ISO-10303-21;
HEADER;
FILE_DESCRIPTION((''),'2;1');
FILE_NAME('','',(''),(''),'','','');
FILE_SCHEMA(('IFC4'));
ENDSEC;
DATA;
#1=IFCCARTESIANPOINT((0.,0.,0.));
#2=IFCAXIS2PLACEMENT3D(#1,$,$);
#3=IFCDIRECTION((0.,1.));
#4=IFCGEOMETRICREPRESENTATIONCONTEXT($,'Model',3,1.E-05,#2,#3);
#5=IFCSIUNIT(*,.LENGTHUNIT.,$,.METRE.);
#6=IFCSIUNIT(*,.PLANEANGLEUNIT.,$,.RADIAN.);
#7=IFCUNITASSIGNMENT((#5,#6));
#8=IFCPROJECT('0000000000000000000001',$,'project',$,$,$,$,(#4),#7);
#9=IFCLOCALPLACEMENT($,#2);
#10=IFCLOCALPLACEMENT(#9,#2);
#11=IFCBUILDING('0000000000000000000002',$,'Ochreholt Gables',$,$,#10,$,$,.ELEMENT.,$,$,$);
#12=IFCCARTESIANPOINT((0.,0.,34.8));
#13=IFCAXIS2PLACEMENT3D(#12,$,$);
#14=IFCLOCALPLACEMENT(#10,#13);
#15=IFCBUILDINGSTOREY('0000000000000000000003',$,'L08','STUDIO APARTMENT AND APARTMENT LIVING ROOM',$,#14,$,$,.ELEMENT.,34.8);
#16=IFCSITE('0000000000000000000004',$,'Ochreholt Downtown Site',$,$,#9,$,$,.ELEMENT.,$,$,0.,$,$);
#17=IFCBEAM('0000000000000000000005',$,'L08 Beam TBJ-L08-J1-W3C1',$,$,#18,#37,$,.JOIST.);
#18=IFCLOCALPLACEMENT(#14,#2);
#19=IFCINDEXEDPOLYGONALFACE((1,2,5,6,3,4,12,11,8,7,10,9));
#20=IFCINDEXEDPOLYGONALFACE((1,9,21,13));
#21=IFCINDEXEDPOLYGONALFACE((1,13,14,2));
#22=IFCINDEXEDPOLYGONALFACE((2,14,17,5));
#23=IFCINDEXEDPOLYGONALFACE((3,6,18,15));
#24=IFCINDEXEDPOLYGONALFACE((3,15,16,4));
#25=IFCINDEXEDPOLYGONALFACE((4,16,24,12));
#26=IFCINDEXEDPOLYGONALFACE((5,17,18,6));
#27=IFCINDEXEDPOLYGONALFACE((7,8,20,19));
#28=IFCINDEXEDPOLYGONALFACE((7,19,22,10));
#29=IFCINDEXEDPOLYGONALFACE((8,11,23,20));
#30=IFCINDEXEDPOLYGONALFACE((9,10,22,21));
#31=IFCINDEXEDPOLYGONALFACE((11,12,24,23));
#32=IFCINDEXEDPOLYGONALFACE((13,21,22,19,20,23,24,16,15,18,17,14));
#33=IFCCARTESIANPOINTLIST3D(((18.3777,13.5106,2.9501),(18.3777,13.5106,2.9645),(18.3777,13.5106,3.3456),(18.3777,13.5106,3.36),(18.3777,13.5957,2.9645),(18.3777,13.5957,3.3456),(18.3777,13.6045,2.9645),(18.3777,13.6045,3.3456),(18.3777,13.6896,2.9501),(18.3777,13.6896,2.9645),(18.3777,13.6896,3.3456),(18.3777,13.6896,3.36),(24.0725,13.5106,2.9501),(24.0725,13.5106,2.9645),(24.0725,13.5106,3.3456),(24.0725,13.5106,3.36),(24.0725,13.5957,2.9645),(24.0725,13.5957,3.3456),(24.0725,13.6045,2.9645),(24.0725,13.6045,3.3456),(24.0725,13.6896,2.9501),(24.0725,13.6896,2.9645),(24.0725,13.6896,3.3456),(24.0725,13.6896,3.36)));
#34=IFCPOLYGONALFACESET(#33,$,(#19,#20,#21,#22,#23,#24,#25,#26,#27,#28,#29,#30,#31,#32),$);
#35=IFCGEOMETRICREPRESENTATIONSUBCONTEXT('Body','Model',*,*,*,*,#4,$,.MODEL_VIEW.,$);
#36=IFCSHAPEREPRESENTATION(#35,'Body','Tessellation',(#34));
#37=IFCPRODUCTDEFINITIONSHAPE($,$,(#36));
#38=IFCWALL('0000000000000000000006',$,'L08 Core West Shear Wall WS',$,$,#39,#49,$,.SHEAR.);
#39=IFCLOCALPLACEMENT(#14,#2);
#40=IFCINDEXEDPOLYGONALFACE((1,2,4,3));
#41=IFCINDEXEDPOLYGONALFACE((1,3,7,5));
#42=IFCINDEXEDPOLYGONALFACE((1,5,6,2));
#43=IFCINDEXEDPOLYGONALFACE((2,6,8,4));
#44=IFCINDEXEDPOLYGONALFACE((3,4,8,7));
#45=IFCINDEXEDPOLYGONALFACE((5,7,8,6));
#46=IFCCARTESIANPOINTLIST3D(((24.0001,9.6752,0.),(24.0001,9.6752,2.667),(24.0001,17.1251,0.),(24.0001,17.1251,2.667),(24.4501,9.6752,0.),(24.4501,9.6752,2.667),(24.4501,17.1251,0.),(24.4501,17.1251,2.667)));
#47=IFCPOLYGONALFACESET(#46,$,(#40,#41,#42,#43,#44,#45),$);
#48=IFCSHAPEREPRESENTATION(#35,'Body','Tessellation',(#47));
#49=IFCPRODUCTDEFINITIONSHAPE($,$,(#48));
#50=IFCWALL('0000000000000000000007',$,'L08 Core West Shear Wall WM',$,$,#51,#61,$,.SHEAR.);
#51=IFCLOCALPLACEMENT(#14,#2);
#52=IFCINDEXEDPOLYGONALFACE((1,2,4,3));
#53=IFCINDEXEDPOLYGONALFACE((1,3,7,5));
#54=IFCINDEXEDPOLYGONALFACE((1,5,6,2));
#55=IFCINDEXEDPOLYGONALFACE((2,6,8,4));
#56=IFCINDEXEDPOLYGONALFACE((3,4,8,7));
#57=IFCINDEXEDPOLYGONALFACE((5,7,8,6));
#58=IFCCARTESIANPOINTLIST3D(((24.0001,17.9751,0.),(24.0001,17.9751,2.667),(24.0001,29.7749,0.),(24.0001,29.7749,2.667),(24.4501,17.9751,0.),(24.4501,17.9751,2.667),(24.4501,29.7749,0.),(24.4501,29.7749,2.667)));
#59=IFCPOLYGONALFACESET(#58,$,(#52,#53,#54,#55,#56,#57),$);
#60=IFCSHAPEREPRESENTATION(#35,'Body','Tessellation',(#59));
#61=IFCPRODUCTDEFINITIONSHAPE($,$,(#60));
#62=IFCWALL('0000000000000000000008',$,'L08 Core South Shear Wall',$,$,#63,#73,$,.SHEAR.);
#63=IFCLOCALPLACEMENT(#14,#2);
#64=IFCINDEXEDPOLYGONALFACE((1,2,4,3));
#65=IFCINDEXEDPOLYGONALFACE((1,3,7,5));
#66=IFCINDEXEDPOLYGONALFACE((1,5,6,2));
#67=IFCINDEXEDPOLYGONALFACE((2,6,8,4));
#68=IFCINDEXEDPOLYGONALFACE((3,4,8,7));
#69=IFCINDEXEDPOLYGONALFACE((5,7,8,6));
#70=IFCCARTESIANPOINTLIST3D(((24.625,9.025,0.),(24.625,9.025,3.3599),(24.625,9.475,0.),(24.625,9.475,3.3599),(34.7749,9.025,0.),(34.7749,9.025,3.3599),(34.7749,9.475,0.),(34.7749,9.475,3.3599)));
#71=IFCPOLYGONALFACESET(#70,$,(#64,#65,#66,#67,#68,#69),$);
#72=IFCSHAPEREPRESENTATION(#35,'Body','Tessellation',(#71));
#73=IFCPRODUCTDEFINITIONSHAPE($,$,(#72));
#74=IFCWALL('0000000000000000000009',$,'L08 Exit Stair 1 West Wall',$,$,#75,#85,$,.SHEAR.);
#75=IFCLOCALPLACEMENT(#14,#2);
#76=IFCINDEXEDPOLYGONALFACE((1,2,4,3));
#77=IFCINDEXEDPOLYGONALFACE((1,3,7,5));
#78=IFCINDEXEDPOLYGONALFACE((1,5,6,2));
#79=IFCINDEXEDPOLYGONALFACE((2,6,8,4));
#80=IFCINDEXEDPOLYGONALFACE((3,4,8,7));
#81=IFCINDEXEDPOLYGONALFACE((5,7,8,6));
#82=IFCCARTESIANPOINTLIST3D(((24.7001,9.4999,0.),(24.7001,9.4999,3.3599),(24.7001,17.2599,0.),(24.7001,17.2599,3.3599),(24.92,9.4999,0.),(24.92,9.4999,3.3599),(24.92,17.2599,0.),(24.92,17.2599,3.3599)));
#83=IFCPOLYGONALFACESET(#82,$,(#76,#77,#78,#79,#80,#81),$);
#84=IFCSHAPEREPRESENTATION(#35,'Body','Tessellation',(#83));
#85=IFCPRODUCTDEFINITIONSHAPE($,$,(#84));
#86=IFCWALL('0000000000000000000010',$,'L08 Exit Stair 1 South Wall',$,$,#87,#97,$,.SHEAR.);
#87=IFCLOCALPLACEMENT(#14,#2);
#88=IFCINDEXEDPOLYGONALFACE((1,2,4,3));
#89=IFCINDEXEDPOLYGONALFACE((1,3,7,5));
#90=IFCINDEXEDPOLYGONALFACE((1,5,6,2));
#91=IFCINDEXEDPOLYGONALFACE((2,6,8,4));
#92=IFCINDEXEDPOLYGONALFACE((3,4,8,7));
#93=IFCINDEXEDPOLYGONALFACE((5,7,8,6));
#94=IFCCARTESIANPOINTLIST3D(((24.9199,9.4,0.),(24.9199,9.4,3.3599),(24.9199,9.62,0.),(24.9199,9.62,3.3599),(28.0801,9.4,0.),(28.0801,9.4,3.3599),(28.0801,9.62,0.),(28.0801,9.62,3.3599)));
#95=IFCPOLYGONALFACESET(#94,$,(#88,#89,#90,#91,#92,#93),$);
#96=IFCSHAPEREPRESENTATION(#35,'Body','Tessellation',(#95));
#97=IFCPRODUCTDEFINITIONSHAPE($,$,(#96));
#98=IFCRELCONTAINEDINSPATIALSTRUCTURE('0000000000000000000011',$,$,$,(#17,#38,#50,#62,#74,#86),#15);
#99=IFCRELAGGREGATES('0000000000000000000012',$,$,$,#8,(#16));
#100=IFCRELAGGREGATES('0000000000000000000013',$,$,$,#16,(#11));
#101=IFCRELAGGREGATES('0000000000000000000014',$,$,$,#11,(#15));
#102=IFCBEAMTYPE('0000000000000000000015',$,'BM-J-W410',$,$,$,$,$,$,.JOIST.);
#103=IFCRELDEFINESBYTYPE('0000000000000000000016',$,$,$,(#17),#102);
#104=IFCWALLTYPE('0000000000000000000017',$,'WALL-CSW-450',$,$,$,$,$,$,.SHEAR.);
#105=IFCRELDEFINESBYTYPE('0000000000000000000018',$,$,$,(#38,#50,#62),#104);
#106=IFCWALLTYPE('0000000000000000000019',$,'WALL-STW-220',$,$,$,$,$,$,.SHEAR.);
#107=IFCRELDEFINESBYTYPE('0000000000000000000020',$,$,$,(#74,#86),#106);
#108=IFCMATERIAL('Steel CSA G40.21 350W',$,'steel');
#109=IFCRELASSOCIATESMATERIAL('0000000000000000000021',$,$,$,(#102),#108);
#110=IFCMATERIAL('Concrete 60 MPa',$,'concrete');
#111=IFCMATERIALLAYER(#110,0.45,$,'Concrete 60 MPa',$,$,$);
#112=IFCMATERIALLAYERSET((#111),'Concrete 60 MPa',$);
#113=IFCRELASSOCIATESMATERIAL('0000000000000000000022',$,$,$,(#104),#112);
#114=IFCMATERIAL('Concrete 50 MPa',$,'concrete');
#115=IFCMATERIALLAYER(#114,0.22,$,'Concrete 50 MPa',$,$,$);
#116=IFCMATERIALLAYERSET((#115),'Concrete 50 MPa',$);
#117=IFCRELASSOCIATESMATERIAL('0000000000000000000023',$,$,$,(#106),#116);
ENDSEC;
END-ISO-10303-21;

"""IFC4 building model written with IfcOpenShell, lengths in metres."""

from ifc_helpers import new_model, si_unit, direction, frame, frame_2d, origin, origin_2d, place, context, subcontext, project, spatial, rectangle, i_section, extrude, material, layer, layer_set, material_profile, profile_set, type_object, element, save


model = new_model("IFC4")

# Units and contexts
model_context = context("Model", 3, precision=1e-05, world=origin(), true_north=direction((0.0, 1.0)))
body_context = subcontext(model_context, "Body", "Model", "MODEL_VIEW")
ifc_project = project(units=[si_unit("LENGTHUNIT", "METRE"), si_unit("PLANEANGLEUNIT", "RADIAN")], contexts=[model_context])

# Site, building, storey
site_placement = place(None, origin())
site = spatial("IfcSite", under=ifc_project, at=site_placement, Name="Ochreholt Downtown Site", CompositionType="ELEMENT", RefElevation=0.0)
building_placement = place(site_placement, origin())
building = spatial("IfcBuilding", under=site, at=building_placement, Name="Ochreholt Gables", CompositionType="ELEMENT")
storey_placement = place(building_placement, frame((0.0, 0.0, 34.8)))
storey = spatial("IfcBuildingStorey", under=building, at=storey_placement, Name="L08", Description="STUDIO APARTMENT AND APARTMENT LIVING ROOM", CompositionType="ELEMENT", Elevation=34.8)

# Shared definitions
ifc_material_1 = material(Name="Concrete 60 MPa", Category="concrete")

# Beam
ifc_material_2 = material(Name="Steel CSA G40.21 350W", Category="steel")
ifc_material_profile_1 = material_profile(ifc_material_2, i_section(OverallWidth=0.179, OverallDepth=0.4099, WebThickness=0.0088, FlangeThickness=0.0144, at=origin_2d()), Name="W410X67")
ifc_profile_set_1 = profile_set([ifc_material_profile_1], Name="Steel CSA G40.21 350W")
beam_type_1 = type_object("IfcBeamType", Name="BM-J-W410", PredefinedType="JOIST", material=ifc_profile_set_1)
beam_1_placement = place(storey_placement, frame((18.3777, 13.6001, 3.155), z_axis=(1.0, 0.0, 0.0), x_axis=(0.0, 1.0, 0.0)))
element("IfcBeam", 1, at=beam_1_placement, inside=storey, type_object=beam_type_1, Name="L08 Beam TBJ-L08-J1-W3C1", PredefinedType="JOIST", context=body_context, shape_type="SweptSolid", body=[
    extrude(i_section(OverallWidth=0.179, OverallDepth=0.4099, WebThickness=0.0088, FlangeThickness=0.0144, at=origin_2d()), origin(), (0.0, 0.0, 1.0), 5.6948),
])

# Walls
ifc_layer_1 = layer(ifc_material_1, 0.45, Name="Concrete 60 MPa")
ifc_layer_set_1 = layer_set([ifc_layer_1], Name="Concrete 60 MPa")
wall_type_1 = type_object("IfcWallType", Name="WALL-CSW-450", PredefinedType="SHEAR", material=ifc_layer_set_1)
wall_1_placement = place(storey_placement, frame((24.2251, 9.675, 0.0), z_axis=(0.0, 0.0, 1.0), x_axis=(0.0, 1.0, 0.0)))
element("IfcWall", 2, at=wall_1_placement, inside=storey, type_object=wall_type_1, Name="L08 Core West Shear Wall WS", PredefinedType="SHEAR", context=body_context, shape_type="SweptSolid", body=[
    extrude(rectangle(XDim=7.45, YDim=0.45, at=frame_2d((3.7251, 0.0))), origin(), (0.0, 0.0, 1.0), 2.667),
])
wall_2_placement = place(storey_placement, frame((24.2251, 17.9751, 0.0), z_axis=(0.0, 0.0, 1.0), x_axis=(0.0, 1.0, 0.0)))
element("IfcWall", 3, at=wall_2_placement, inside=storey, type_object=wall_type_1, Name="L08 Core West Shear Wall WM", PredefinedType="SHEAR", context=body_context, shape_type="SweptSolid", body=[
    extrude(rectangle(XDim=11.7998, YDim=0.45, at=frame_2d((5.8999, 0.0))), origin(), (0.0, 0.0, 1.0), 2.667),
])
wall_3_placement = place(storey_placement, frame((24.625, 9.25, 0.0), z_axis=(0.0, 0.0, 1.0), x_axis=(1.0, 0.0, 0.0)))
element("IfcWall", 4, at=wall_3_placement, inside=storey, type_object=wall_type_1, Name="L08 Core South Shear Wall", PredefinedType="SHEAR", context=body_context, shape_type="SweptSolid", body=[
    extrude(rectangle(XDim=10.1499, YDim=0.45, at=frame_2d((5.075, 0.0))), origin(), (0.0, 0.0, 1.0), 3.3599),
])
ifc_material_3 = material(Name="Concrete 50 MPa", Category="concrete")
ifc_layer_2 = layer(ifc_material_3, 0.22, Name="Concrete 50 MPa")
ifc_layer_set_2 = layer_set([ifc_layer_2], Name="Concrete 50 MPa")
wall_type_2 = type_object("IfcWallType", Name="WALL-STW-220", PredefinedType="SHEAR", material=ifc_layer_set_2)
wall_4_placement = place(storey_placement, frame((24.8101, 9.5, 0.0), z_axis=(0.0, 0.0, 1.0), x_axis=(0.0, 1.0, 0.0)))
element("IfcWall", 5, at=wall_4_placement, inside=storey, type_object=wall_type_2, Name="L08 Exit Stair 1 West Wall", PredefinedType="SHEAR", context=body_context, shape_type="SweptSolid", body=[
    extrude(rectangle(XDim=7.76, YDim=0.22, at=frame_2d((3.8799, 0.0))), origin(), (0.0, 0.0, 1.0), 3.3599),
])
wall_5_placement = place(storey_placement, frame((24.9199, 9.51, 0.0), z_axis=(0.0, 0.0, 1.0), x_axis=(1.0, 0.0, 0.0)))
element("IfcWall", 6, at=wall_5_placement, inside=storey, type_object=wall_type_2, Name="L08 Exit Stair 1 South Wall", PredefinedType="SHEAR", context=body_context, shape_type="SweptSolid", body=[
    extrude(rectangle(XDim=3.1602, YDim=0.22, at=frame_2d((1.5801, 0.0))), origin(), (0.0, 0.0, 1.0), 3.3599),
])

save(model, "model.ifc")
